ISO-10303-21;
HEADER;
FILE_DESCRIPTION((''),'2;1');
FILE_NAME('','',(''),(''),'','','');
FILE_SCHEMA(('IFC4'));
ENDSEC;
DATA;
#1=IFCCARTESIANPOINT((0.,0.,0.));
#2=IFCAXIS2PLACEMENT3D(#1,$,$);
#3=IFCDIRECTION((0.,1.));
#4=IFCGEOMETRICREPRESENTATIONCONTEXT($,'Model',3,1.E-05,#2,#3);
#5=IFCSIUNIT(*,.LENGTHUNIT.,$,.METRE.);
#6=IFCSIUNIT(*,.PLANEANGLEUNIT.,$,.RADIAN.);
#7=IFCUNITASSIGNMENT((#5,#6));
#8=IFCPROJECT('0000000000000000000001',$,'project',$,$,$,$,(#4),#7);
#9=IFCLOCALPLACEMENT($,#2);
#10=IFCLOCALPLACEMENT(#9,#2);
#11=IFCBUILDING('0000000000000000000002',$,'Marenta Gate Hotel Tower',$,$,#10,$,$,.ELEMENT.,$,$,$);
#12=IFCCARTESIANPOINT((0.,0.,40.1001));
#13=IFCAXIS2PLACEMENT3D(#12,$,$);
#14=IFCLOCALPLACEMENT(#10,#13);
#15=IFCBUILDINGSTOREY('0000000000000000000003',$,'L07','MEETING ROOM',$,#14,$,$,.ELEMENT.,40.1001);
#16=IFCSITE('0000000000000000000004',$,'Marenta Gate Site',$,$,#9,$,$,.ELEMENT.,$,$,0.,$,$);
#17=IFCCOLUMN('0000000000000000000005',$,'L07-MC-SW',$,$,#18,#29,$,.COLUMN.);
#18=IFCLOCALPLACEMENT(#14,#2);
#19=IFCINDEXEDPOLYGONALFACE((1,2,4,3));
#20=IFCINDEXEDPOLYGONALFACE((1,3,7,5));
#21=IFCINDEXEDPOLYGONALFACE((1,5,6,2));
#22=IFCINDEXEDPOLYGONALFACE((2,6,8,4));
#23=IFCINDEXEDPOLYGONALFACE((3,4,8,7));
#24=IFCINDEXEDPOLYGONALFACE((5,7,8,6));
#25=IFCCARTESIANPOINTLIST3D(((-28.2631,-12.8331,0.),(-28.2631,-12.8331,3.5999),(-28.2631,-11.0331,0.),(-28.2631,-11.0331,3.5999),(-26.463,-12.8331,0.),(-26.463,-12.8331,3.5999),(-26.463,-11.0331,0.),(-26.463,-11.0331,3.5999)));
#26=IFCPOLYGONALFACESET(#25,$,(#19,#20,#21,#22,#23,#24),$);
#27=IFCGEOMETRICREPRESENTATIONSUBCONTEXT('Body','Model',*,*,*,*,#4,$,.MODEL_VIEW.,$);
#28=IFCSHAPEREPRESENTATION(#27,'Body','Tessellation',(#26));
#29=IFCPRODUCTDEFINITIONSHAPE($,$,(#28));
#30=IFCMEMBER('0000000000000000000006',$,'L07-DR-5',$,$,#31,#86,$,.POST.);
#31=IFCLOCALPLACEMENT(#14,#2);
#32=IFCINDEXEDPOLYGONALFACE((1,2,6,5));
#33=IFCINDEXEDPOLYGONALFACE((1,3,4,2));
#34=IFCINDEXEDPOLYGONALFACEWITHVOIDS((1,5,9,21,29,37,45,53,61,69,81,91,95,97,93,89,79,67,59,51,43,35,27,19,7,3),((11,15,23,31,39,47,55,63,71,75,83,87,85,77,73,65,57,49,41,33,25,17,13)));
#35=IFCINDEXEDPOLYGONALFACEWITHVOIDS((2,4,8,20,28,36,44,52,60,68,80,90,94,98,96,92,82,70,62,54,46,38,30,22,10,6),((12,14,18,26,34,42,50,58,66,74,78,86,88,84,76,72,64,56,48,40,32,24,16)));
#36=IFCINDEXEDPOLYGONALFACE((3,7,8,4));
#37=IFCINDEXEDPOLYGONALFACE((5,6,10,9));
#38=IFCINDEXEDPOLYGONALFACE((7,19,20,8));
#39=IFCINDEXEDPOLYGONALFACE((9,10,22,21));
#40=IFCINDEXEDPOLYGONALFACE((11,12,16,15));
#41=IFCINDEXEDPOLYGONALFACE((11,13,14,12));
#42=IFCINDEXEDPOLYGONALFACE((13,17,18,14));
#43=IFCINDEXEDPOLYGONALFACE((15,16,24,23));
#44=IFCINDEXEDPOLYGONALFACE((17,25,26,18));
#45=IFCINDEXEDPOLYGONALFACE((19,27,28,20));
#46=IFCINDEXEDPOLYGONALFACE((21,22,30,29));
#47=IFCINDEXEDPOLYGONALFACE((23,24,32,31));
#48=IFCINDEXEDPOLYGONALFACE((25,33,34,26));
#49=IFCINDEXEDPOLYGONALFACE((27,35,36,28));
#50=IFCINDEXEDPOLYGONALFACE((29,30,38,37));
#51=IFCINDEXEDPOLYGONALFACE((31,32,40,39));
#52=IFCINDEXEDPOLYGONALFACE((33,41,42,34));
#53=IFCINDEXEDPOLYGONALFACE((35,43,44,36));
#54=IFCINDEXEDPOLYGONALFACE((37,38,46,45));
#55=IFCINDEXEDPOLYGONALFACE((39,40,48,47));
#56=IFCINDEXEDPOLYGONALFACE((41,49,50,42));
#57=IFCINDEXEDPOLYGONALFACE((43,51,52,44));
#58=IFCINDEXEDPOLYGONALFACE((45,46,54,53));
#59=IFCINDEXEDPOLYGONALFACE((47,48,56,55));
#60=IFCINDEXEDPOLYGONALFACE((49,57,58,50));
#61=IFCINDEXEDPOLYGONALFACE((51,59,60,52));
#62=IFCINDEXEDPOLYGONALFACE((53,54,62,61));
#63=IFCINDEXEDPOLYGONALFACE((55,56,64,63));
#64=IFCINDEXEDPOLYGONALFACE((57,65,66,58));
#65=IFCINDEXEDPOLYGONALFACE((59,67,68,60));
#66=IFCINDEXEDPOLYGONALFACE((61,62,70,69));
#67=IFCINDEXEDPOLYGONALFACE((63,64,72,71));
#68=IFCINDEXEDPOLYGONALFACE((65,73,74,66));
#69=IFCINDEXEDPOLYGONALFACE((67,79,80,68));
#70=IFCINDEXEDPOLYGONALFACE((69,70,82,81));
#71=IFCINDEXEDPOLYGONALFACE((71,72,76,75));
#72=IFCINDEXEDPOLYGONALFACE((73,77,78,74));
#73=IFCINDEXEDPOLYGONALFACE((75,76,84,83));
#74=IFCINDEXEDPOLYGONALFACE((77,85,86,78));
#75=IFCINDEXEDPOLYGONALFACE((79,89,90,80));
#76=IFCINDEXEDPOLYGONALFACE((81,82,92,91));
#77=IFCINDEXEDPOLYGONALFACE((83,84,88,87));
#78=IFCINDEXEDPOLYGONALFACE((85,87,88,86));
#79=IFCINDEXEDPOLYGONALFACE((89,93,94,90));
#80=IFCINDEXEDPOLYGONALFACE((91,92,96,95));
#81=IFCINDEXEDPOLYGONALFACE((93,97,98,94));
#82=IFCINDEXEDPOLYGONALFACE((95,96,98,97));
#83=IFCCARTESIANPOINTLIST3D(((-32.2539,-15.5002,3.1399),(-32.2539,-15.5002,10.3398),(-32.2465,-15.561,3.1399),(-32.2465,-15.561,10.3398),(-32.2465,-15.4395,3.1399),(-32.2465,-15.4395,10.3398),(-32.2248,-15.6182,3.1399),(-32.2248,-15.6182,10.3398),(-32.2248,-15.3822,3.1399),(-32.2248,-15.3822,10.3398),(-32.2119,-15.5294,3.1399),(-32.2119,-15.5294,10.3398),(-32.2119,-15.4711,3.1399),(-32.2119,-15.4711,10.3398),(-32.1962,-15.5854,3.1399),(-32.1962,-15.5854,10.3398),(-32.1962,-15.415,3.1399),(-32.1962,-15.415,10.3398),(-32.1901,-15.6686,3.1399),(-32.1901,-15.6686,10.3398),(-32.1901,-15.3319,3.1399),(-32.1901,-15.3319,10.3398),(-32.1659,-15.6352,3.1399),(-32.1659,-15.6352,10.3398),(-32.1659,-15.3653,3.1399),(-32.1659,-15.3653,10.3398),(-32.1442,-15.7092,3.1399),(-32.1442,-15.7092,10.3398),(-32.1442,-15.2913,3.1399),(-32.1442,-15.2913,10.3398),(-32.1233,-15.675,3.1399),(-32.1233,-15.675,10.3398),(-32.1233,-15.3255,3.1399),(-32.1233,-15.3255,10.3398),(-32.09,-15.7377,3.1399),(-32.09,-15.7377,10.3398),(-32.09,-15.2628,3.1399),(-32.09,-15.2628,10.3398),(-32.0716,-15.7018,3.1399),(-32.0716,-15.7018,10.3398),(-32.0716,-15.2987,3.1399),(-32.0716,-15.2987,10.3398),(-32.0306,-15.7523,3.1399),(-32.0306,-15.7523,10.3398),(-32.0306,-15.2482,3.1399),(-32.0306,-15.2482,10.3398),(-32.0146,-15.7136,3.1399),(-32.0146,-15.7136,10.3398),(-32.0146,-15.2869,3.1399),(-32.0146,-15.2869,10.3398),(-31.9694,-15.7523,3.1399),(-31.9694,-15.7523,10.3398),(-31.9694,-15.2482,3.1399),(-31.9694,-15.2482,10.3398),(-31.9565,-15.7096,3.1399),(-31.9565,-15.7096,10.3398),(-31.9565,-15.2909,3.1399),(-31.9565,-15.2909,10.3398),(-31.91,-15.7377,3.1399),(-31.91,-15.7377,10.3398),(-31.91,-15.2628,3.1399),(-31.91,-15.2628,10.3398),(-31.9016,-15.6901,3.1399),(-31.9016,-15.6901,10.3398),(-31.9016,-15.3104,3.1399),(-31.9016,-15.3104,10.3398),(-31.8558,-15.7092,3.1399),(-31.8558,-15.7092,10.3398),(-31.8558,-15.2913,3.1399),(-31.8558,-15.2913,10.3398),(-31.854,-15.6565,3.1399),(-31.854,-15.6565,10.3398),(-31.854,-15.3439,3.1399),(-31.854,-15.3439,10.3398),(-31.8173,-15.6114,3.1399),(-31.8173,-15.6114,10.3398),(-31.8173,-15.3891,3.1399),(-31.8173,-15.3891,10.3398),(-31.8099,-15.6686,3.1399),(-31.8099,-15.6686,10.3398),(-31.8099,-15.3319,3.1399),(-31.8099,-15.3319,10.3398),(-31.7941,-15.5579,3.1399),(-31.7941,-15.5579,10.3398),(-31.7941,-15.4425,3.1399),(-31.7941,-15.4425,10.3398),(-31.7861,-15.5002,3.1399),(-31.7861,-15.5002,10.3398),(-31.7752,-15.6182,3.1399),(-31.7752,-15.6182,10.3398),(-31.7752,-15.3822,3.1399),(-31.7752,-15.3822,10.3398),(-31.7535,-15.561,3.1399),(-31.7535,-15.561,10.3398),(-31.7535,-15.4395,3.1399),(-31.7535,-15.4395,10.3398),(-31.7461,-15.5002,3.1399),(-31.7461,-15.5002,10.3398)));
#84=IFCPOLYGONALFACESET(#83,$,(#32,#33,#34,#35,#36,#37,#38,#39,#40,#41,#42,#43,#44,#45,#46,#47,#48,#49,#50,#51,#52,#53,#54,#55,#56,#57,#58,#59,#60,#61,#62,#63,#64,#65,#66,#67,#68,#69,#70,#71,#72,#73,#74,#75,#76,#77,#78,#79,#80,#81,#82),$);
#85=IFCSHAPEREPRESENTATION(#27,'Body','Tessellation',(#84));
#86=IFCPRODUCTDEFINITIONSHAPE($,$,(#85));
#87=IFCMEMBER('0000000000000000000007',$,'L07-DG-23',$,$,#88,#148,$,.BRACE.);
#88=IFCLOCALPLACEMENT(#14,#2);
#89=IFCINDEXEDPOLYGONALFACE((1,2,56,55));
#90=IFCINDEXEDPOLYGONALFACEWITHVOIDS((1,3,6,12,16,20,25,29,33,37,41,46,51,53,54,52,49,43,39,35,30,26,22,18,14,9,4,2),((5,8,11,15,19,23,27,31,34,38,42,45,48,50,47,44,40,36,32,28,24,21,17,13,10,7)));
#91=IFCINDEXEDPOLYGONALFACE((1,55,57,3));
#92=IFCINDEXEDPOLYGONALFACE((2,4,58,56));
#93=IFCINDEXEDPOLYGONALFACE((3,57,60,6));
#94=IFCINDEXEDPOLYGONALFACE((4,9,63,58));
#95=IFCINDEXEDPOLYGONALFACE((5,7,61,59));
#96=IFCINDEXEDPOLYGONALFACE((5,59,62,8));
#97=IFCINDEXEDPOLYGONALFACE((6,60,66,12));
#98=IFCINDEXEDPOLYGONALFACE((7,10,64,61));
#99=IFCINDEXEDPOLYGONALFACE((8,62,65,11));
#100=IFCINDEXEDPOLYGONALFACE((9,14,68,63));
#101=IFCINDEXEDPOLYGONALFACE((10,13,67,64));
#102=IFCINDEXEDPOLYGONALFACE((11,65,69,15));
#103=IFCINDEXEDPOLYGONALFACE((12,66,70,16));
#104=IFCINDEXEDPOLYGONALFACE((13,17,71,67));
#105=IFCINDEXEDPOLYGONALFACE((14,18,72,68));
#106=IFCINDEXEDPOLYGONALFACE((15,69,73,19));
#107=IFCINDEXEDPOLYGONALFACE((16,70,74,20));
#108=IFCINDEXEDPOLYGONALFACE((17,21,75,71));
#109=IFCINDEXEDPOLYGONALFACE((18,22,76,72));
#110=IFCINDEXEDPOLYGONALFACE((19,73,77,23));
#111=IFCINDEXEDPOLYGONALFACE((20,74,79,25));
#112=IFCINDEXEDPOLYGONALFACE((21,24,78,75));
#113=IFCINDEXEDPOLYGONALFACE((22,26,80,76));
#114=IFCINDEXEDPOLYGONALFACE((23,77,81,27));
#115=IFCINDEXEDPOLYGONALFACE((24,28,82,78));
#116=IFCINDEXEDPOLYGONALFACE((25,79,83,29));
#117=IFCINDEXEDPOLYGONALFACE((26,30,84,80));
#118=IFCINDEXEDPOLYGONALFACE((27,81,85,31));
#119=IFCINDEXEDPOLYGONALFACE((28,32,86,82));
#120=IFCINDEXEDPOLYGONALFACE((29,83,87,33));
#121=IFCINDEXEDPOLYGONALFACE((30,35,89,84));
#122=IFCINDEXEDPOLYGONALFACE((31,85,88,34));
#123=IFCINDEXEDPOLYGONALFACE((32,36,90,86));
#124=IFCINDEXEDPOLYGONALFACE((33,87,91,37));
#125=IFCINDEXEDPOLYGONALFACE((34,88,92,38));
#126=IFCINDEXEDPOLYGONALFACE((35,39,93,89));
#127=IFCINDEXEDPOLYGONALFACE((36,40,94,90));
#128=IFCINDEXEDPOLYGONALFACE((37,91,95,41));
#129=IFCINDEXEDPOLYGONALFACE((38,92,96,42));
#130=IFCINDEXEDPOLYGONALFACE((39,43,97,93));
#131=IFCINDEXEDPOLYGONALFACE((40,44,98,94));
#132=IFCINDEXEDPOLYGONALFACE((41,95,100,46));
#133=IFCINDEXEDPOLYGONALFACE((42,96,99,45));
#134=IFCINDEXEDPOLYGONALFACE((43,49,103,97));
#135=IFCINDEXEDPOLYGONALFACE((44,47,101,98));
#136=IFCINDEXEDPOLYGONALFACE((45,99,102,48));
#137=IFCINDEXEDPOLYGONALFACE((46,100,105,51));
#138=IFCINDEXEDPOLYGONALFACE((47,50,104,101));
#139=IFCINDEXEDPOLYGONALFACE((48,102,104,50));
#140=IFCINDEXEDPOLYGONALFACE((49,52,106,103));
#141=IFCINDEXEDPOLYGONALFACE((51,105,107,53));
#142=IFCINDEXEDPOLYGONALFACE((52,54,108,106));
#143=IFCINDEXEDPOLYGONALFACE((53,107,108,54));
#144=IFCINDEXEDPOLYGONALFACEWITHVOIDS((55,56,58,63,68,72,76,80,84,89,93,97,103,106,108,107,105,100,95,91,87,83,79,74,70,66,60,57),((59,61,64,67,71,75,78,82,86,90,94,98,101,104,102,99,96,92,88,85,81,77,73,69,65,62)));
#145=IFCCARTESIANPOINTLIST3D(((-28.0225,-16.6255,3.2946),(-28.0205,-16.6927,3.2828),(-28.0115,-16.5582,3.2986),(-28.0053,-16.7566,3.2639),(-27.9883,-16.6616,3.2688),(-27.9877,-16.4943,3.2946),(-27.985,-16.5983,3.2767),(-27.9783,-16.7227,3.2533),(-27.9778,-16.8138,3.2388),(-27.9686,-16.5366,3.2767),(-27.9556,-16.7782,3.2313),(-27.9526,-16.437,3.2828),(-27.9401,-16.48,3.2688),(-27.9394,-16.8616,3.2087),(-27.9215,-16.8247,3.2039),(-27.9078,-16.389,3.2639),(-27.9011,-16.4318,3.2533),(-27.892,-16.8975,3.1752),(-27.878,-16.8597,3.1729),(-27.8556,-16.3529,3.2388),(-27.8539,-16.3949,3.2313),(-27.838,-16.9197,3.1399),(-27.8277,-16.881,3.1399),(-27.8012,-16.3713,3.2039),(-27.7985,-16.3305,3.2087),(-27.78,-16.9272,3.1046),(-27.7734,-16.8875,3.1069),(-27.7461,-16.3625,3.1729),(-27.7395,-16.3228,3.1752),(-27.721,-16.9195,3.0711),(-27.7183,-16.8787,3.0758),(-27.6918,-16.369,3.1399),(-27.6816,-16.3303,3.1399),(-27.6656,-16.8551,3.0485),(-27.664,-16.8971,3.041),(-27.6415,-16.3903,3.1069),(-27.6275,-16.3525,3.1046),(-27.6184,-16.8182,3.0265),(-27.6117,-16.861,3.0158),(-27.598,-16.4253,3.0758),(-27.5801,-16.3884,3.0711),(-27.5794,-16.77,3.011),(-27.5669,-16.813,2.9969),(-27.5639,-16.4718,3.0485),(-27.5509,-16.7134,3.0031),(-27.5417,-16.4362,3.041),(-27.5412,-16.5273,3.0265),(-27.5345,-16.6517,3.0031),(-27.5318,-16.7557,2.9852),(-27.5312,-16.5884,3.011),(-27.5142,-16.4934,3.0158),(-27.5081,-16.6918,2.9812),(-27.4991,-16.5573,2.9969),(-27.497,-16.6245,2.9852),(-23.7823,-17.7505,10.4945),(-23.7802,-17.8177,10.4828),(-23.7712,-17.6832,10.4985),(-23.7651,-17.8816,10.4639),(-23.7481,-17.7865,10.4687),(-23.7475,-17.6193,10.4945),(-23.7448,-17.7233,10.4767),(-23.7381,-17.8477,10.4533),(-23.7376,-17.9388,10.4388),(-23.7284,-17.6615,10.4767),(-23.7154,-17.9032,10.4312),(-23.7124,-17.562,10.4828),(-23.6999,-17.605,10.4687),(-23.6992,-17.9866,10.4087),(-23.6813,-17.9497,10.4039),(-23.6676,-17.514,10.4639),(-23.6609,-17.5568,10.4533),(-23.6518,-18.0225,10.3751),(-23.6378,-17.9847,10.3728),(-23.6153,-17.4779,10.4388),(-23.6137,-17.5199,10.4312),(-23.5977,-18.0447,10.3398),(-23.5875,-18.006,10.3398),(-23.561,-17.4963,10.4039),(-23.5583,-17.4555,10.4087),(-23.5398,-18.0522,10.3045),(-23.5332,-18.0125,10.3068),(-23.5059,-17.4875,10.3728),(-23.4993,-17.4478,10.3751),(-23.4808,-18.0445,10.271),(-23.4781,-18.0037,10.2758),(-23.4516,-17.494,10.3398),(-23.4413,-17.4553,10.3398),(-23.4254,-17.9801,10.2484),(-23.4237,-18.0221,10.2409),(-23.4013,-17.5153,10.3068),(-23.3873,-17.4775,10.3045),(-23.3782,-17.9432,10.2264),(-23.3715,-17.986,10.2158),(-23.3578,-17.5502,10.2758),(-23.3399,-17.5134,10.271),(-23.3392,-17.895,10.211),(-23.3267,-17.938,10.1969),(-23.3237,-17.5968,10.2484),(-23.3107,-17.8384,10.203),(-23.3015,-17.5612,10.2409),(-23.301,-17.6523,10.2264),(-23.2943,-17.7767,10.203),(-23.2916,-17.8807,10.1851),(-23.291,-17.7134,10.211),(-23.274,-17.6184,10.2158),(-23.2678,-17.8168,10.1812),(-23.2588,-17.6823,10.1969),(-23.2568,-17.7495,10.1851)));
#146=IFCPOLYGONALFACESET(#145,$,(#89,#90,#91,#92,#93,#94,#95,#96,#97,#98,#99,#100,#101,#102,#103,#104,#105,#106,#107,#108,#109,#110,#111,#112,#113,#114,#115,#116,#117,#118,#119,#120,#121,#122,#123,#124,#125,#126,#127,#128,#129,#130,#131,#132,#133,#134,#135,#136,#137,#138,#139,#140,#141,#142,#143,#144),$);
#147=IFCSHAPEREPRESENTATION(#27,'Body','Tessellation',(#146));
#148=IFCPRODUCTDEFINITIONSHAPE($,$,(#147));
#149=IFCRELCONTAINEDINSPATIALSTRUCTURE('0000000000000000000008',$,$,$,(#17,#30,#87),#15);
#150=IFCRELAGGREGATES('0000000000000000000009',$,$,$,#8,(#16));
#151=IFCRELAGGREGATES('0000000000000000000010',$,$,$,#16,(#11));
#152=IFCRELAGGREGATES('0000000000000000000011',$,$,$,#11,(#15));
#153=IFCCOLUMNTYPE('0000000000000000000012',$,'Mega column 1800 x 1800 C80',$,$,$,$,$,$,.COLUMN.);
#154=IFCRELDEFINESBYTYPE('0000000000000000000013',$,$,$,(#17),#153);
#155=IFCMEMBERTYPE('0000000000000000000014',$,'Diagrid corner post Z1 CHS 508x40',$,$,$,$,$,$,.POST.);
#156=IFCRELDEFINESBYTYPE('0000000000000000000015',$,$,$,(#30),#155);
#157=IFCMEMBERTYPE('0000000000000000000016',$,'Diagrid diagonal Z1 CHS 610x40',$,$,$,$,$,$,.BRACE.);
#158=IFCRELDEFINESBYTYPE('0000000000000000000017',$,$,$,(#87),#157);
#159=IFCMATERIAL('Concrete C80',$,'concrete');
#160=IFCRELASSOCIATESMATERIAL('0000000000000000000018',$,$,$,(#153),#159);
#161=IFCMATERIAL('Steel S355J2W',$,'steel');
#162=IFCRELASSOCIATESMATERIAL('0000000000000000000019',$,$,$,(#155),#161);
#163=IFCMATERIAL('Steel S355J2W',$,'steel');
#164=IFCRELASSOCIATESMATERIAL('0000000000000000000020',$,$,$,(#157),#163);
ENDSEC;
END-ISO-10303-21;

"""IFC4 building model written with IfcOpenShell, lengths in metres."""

from ifc_helpers import new_model, si_unit, direction, frame, origin, origin_2d, place, context, subcontext, project, spatial, rectangle, hollow_circle, extrude, material, material_profile, profile_set, type_object, element, save


model = new_model("IFC4")

# Units and contexts
model_context = context("Model", 3, precision=1e-05, world=origin(), true_north=direction((0.0, 1.0)))
body_context = subcontext(model_context, "Body", "Model", "MODEL_VIEW")
ifc_project = project(units=[si_unit("LENGTHUNIT", "METRE"), si_unit("PLANEANGLEUNIT", "RADIAN")], contexts=[model_context])

# Site, building, storey
site_placement = place(None, origin())
site = spatial("IfcSite", under=ifc_project, at=site_placement, Name="Marenta Gate Site", CompositionType="ELEMENT", RefElevation=0.0)
building_placement = place(site_placement, origin())
building = spatial("IfcBuilding", under=site, at=building_placement, Name="Marenta Gate Hotel Tower", CompositionType="ELEMENT")
storey_placement = place(building_placement, frame((0.0, 0.0, 40.1001)))
storey = spatial("IfcBuildingStorey", under=building, at=storey_placement, Name="L07", Description="MEETING ROOM", CompositionType="ELEMENT", Elevation=40.1001)

# Column
ifc_material_1 = material(Name="Concrete C80", Category="concrete")
ifc_material_profile_1 = material_profile(ifc_material_1, rectangle(XDim=1.8, YDim=1.8, at=origin_2d()), Name="1800 x 1800")
ifc_profile_set_1 = profile_set([ifc_material_profile_1], Name="Concrete C80")
column_type = type_object("IfcColumnType", Name="Mega column 1800 x 1800 C80", PredefinedType="COLUMN", material=ifc_profile_set_1)
column_placement = place(storey_placement, frame((-27.363, -11.9331, 0.0), z_axis=(0.0, 0.0, 1.0), x_axis=(1.0, 0.0, 0.0)))
element("IfcColumn", 1, at=column_placement, inside=storey, type_object=column_type, Name="L07-MC-SW", PredefinedType="COLUMN", context=body_context, shape_type="SweptSolid", body=[
    extrude(rectangle(XDim=1.8, YDim=1.8, at=origin_2d()), origin(), (0.0, 0.0, 1.0), 3.5999),
])

# Members
ifc_material_2 = material(Name="Steel S355J2W", Category="steel")
ifc_material_profile_2 = material_profile(ifc_material_2, hollow_circle(Radius=0.2539, WallThickness=0.04, at=origin_2d()), Name="CHS 508x40")
ifc_profile_set_2 = profile_set([ifc_material_profile_2], Name="Steel S355J2W")
member_type_1 = type_object("IfcMemberType", Name="Diagrid corner post Z1 CHS 508x40", PredefinedType="POST", material=ifc_profile_set_2)
member_1_placement = place(storey_placement, frame((-32.0, -15.5002, 3.1399), z_axis=(0.0, 0.0, 1.0), x_axis=(1.0, 0.0, 0.0)))
element("IfcMember", 2, at=member_1_placement, inside=storey, type_object=member_type_1, Name="L07-DR-5", PredefinedType="POST", context=body_context, shape_type="SweptSolid", body=[
    extrude(hollow_circle(Radius=0.2539, WallThickness=0.04, at=origin_2d()), origin(), (0.0, 0.0, 1.0), 7.2),
])
ifc_material_3 = material(Name="Steel S355J2W", Category="steel")
ifc_material_profile_3 = material_profile(ifc_material_3, hollow_circle(Radius=0.3049, WallThickness=0.04, at=origin_2d()), Name="CHS 610x40")
ifc_profile_set_3 = profile_set([ifc_material_profile_3], Name="Steel S355J2W")
member_type_2 = type_object("IfcMemberType", Name="Diagrid diagonal Z1 CHS 610x40", PredefinedType="BRACE", material=ifc_profile_set_3)
for number, where, z_axis, x_axis, name in (
    (3, (-27.7598, -16.625, 3.1399), (0.502924, -0.133434, 0.853969), (0.256443, 0.966559, 0.0), "L07-DG-23"),
):
    element("IfcMember", number, at=place(storey_placement, frame(where, z_axis=z_axis, x_axis=x_axis)), inside=storey, type_object=member_type_2, Name=name, PredefinedType="BRACE", context=body_context, shape_type="SweptSolid", body=[
        extrude(hollow_circle(Radius=0.3049, WallThickness=0.04, at=origin_2d()), origin(), (0.0, 0.0, 1.0), 8.4312),
    ])

save(model, "model.ifc")
